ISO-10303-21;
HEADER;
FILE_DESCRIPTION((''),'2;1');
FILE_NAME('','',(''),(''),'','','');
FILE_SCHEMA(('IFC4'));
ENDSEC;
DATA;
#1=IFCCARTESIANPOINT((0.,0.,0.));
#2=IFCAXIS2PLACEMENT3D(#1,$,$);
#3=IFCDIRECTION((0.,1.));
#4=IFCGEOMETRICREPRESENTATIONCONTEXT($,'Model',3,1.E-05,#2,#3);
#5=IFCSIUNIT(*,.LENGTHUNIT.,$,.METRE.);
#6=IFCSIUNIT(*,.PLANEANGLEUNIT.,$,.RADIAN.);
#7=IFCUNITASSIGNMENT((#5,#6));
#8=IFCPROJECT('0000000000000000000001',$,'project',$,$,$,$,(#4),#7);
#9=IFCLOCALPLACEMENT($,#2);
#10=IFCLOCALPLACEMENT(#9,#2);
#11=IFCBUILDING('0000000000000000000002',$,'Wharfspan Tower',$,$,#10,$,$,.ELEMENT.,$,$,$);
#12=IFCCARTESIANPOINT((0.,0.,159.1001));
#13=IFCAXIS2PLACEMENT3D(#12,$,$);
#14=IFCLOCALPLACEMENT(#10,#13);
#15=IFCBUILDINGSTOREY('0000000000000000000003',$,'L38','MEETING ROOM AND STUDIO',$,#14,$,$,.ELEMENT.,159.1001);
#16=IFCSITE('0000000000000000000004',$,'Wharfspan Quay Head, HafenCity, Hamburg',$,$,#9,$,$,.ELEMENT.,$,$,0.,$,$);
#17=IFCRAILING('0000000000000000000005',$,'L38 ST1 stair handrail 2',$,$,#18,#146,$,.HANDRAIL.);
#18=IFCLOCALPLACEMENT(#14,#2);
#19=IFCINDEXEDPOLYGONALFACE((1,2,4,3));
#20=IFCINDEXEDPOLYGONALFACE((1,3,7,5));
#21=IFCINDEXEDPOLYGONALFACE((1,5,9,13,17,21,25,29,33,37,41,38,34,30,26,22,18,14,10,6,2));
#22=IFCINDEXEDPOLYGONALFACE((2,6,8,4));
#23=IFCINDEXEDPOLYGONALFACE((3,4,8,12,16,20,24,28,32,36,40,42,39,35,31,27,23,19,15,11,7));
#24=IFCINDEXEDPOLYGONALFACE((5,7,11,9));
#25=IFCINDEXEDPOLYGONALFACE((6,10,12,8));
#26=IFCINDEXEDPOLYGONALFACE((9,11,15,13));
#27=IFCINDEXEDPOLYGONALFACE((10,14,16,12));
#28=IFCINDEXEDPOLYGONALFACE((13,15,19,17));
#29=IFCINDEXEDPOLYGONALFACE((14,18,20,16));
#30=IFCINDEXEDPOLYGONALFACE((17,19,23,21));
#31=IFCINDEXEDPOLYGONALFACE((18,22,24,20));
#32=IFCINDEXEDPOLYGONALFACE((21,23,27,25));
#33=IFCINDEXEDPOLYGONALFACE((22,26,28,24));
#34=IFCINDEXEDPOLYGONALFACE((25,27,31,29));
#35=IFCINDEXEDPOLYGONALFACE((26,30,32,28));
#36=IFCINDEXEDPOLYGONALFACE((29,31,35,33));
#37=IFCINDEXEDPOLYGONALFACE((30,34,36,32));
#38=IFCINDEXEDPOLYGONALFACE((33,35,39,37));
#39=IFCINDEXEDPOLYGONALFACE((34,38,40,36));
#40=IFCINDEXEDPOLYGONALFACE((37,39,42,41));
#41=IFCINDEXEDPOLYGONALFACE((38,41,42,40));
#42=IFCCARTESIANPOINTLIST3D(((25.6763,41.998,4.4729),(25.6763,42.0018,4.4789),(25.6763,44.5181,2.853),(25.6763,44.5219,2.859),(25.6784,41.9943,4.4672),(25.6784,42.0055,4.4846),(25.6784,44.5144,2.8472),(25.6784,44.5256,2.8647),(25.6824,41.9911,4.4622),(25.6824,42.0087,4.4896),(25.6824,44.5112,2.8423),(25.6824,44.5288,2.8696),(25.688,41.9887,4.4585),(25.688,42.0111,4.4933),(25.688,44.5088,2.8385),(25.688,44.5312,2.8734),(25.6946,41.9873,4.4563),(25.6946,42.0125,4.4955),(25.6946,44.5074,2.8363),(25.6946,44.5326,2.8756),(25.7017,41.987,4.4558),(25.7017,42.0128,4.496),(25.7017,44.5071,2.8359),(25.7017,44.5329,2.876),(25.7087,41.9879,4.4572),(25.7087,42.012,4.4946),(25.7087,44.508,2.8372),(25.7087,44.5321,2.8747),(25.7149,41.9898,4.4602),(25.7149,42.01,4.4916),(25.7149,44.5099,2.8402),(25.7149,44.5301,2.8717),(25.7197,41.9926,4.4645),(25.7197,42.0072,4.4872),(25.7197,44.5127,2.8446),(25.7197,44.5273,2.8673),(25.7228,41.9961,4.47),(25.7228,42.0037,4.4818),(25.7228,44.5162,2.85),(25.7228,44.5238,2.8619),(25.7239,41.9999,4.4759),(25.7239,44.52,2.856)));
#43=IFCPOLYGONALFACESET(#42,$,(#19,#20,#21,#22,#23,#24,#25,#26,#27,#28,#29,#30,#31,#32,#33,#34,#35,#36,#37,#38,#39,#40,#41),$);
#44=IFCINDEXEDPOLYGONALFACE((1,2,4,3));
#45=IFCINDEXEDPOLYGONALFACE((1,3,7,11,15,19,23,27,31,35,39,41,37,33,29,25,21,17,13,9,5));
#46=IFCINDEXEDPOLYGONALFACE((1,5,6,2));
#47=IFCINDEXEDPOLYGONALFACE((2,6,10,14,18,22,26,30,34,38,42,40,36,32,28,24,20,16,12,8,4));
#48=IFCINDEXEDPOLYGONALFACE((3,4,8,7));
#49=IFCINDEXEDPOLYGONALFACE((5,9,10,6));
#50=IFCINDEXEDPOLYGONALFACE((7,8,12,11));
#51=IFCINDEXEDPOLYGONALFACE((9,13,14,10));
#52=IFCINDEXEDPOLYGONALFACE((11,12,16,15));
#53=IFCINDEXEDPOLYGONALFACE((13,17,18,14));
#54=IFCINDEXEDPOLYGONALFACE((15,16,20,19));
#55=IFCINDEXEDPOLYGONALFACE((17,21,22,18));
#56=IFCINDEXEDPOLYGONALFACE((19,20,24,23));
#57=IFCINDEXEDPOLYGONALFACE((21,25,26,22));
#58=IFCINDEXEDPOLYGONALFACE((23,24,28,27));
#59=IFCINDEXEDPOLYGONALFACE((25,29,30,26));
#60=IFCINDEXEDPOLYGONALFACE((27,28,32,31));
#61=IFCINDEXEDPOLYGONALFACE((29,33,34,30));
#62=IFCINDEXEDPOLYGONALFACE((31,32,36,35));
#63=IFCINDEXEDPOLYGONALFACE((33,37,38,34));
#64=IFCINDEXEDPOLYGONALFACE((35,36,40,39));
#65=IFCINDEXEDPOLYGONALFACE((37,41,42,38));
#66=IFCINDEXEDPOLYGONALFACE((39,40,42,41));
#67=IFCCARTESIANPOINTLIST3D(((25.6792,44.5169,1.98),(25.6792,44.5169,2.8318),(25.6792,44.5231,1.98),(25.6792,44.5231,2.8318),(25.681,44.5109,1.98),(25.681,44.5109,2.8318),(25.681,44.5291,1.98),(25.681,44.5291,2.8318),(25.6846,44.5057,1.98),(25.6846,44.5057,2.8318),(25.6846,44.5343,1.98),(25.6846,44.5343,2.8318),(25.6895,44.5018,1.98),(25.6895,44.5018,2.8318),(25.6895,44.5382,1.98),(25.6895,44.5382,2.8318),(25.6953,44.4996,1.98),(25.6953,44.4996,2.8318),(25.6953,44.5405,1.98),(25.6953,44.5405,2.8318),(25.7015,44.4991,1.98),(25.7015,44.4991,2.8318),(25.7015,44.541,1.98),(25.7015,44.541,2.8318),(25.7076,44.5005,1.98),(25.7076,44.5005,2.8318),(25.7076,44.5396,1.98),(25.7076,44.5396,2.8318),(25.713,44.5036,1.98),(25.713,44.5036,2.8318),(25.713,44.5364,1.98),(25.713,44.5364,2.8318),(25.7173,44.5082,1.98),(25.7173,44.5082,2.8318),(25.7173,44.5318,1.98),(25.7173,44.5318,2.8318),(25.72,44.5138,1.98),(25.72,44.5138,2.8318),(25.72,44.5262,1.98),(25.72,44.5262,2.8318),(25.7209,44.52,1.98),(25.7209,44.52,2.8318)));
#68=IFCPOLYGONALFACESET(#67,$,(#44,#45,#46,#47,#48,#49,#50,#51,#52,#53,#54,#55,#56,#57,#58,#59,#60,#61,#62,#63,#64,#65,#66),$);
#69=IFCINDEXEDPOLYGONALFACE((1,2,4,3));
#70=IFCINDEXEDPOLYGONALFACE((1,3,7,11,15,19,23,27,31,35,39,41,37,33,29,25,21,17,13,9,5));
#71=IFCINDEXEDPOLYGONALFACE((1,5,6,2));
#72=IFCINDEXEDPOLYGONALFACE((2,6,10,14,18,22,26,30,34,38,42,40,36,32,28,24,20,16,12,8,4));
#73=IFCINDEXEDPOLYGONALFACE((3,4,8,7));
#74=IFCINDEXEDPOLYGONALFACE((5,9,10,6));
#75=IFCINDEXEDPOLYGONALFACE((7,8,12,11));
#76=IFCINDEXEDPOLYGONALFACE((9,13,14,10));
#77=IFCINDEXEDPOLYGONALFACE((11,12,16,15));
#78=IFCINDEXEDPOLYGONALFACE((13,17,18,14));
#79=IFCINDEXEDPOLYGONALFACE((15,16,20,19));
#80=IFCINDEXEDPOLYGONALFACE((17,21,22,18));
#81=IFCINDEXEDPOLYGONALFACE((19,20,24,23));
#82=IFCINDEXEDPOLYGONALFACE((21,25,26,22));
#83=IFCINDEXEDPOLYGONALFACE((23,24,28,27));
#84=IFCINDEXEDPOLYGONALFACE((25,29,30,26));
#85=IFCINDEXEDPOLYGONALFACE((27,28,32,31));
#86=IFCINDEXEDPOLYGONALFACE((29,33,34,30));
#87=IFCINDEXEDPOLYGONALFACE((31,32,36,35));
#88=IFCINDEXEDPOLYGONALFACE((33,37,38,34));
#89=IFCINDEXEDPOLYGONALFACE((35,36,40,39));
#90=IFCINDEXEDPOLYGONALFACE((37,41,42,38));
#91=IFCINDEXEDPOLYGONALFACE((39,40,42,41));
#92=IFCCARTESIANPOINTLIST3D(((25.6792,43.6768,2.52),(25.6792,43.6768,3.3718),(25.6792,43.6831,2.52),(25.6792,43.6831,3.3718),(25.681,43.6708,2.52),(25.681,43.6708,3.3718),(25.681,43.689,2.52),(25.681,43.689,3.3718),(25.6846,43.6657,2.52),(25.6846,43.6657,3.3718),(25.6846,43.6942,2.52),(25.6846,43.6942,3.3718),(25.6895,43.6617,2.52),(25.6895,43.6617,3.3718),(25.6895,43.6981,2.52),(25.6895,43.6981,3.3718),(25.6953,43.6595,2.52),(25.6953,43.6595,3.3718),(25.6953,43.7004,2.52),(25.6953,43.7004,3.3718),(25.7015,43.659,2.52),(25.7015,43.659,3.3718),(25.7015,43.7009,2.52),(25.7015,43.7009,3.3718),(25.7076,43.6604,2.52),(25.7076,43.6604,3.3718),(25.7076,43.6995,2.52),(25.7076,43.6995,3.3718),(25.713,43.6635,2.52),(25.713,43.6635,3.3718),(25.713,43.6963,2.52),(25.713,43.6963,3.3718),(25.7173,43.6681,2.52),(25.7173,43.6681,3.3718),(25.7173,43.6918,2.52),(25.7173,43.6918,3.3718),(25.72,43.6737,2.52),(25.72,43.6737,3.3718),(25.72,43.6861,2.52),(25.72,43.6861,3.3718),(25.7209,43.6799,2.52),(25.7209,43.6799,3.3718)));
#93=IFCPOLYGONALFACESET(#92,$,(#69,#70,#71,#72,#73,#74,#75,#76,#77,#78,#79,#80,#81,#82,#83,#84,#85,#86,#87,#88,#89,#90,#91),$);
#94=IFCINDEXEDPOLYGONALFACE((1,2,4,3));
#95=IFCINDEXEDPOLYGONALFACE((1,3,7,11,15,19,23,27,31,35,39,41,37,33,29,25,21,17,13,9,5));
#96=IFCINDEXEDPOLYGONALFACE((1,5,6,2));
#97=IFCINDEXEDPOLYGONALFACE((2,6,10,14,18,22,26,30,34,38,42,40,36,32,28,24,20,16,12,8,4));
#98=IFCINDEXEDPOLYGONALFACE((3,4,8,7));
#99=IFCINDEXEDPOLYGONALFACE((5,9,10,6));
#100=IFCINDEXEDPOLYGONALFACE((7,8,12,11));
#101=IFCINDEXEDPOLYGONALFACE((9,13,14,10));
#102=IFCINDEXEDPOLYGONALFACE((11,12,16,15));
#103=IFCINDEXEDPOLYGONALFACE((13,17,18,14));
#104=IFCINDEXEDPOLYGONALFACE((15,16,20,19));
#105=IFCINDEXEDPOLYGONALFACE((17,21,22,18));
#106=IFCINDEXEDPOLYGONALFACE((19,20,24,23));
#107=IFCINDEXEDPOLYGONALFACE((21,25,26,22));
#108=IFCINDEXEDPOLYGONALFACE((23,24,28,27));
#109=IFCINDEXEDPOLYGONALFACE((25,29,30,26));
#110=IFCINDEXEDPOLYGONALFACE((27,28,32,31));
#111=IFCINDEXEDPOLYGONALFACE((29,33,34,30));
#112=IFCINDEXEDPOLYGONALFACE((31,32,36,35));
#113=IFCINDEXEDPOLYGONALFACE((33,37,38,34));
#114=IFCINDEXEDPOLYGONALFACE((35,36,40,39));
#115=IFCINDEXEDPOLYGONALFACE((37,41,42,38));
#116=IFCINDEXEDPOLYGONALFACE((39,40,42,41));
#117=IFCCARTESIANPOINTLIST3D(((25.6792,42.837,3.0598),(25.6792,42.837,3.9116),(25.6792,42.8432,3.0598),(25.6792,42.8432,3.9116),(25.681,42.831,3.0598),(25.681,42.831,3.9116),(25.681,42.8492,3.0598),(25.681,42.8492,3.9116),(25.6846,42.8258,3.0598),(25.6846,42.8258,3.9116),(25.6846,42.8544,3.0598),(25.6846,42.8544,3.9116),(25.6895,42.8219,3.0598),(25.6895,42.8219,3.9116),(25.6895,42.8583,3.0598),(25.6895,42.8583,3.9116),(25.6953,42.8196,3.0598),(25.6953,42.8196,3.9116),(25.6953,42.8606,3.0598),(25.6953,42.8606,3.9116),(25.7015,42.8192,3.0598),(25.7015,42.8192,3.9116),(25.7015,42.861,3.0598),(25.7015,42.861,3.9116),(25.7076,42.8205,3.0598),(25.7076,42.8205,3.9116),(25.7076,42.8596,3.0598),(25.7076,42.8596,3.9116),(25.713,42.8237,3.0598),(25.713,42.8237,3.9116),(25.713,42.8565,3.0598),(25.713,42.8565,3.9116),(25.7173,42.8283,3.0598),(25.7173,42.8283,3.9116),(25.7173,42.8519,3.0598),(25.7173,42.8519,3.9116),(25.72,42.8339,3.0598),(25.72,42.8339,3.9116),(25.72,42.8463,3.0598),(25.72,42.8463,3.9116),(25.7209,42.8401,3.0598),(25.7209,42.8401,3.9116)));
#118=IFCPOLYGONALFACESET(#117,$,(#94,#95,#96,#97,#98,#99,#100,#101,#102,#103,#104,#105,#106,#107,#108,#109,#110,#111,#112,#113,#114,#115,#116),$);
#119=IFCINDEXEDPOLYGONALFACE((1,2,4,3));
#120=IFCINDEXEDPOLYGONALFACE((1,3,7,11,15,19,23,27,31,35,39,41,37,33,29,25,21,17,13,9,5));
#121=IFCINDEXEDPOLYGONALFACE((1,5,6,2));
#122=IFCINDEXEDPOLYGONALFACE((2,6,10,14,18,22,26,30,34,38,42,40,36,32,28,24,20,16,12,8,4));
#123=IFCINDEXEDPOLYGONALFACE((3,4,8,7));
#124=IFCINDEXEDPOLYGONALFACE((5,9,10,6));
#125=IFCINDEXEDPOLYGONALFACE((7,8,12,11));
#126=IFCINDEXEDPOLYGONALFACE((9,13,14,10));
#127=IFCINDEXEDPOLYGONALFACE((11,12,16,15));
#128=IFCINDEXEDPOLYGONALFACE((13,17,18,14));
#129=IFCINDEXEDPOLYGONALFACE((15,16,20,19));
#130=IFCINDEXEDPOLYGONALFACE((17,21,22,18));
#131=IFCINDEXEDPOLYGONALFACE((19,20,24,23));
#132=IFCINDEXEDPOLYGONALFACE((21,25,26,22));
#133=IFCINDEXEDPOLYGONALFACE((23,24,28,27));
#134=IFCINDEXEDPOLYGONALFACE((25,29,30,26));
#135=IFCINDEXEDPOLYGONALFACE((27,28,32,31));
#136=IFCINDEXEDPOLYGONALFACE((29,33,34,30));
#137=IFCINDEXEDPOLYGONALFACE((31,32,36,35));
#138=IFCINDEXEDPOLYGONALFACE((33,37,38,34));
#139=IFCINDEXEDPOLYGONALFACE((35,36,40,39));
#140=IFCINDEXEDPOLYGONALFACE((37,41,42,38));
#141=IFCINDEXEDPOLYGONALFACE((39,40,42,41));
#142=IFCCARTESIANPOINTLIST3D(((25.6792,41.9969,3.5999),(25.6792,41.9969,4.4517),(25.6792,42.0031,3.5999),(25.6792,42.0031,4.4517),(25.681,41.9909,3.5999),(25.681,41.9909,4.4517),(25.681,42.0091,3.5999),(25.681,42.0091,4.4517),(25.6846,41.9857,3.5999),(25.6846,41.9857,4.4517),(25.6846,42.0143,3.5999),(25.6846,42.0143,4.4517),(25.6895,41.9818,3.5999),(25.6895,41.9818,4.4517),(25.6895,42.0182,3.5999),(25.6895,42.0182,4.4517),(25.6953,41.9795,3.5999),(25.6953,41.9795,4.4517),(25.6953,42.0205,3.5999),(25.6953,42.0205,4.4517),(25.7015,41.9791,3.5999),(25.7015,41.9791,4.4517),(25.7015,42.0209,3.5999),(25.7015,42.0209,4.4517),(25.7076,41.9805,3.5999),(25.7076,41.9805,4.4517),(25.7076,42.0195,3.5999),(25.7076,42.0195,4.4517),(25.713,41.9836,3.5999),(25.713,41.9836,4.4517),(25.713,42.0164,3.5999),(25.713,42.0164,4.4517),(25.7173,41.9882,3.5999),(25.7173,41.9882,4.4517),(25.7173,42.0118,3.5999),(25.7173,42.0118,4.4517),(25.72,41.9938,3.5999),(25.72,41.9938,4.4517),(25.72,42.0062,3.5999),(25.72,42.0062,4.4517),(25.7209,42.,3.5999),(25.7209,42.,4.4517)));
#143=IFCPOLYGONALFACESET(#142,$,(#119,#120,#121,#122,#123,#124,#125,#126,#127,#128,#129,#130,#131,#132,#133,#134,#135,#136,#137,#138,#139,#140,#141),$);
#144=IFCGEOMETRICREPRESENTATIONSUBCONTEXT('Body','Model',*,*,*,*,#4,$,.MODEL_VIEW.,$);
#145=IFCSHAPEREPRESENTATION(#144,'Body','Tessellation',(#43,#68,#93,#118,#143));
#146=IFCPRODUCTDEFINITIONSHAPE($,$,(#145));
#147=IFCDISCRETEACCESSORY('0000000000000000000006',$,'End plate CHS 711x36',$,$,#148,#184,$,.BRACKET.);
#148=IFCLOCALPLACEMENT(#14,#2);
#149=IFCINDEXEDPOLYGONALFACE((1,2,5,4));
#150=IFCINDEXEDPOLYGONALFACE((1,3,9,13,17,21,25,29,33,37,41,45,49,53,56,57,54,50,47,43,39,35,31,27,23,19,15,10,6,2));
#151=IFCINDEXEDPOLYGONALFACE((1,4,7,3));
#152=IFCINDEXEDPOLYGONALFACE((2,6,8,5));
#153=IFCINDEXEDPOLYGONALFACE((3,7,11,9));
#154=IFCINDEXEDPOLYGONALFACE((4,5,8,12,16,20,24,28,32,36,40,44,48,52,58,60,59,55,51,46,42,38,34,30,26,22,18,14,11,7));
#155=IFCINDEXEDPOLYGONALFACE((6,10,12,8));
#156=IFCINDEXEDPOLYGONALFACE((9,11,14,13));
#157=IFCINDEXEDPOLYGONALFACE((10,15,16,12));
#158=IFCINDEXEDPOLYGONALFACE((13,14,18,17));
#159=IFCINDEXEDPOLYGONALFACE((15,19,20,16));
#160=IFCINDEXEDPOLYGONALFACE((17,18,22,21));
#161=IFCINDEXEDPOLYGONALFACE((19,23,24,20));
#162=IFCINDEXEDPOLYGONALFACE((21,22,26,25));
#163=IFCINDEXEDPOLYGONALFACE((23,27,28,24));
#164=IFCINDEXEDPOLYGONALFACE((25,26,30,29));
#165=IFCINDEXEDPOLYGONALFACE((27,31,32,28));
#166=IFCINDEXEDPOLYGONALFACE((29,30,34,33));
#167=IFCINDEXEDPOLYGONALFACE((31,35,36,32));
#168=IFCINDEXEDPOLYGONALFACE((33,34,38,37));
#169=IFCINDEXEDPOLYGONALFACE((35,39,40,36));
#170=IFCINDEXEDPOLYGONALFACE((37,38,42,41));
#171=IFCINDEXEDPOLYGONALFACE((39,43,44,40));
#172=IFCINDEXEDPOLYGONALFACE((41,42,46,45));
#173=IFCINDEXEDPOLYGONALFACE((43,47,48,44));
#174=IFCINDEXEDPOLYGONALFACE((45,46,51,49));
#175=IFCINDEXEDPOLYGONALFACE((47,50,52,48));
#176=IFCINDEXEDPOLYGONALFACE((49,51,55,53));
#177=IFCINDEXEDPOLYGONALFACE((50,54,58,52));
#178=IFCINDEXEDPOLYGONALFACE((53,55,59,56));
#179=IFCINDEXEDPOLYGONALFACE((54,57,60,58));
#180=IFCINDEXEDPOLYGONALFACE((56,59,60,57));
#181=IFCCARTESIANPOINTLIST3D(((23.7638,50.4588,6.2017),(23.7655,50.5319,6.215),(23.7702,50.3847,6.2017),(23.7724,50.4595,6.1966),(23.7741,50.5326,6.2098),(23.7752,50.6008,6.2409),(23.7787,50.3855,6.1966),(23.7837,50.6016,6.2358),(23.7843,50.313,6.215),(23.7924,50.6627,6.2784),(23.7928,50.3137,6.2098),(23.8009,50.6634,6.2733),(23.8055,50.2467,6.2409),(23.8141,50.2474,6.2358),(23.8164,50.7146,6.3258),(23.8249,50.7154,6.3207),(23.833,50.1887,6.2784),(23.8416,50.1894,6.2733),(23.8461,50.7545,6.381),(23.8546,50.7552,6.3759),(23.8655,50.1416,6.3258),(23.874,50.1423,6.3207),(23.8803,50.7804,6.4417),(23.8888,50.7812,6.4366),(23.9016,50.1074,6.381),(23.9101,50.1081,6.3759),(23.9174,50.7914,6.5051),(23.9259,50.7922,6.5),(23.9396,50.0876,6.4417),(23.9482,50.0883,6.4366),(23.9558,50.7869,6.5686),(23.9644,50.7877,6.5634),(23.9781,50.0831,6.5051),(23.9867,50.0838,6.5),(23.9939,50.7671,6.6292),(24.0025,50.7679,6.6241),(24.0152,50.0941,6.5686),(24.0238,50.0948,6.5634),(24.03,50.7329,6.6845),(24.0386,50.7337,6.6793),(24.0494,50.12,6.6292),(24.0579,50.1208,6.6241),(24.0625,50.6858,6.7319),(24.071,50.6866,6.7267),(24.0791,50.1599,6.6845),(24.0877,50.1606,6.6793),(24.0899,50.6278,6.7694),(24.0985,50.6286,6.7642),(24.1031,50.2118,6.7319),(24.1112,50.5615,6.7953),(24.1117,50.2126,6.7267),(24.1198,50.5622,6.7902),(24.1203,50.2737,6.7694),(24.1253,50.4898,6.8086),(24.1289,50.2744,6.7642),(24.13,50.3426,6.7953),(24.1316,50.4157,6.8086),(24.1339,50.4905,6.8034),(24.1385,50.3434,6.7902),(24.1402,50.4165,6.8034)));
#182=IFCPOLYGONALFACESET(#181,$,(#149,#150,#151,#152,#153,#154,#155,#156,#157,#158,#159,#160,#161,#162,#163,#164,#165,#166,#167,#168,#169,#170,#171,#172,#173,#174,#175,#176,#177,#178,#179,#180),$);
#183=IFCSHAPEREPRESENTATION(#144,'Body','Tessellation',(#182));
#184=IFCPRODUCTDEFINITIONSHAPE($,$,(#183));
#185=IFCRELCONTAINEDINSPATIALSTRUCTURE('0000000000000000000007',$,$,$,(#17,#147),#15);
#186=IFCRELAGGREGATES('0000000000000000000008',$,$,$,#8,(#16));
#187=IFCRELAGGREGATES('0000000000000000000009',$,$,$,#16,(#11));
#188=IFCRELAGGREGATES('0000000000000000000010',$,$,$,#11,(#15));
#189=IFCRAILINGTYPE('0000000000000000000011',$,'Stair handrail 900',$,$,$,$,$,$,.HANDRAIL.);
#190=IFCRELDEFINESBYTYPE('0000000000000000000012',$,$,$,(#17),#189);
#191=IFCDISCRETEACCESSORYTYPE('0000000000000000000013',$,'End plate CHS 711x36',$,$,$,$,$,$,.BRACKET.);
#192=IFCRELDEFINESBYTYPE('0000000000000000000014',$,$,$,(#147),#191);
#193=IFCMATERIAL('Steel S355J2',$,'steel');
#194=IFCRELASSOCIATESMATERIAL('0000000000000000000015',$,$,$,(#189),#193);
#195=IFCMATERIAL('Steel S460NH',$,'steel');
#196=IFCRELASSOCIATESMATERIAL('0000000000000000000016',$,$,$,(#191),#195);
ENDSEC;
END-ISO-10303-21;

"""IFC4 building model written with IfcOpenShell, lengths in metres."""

from ifc_helpers import new_model, si_unit, direction, frame, origin, origin_2d, place, context, subcontext, project, spatial, circle, extrude, material, material_profile, profile_set, type_object, element, save


model = new_model("IFC4")

# Units and contexts
model_context = context("Model", 3, precision=1e-05, world=origin(), true_north=direction((0.0, 1.0)))
body_context = subcontext(model_context, "Body", "Model", "MODEL_VIEW")
ifc_project = project(units=[si_unit("LENGTHUNIT", "METRE"), si_unit("PLANEANGLEUNIT", "RADIAN")], contexts=[model_context])

# Site, building, storey
site_placement = place(None, origin())
site = spatial("IfcSite", under=ifc_project, at=site_placement, Name="Wharfspan Quay Head, HafenCity, Hamburg", CompositionType="ELEMENT", RefElevation=0.0)
building_placement = place(site_placement, origin())
building = spatial("IfcBuilding", under=site, at=building_placement, Name="Wharfspan Tower", CompositionType="ELEMENT")
storey_placement = place(building_placement, frame((0.0, 0.0, 159.1001)))
storey = spatial("IfcBuildingStorey", under=building, at=storey_placement, Name="L38", Description="MEETING ROOM AND STUDIO", CompositionType="ELEMENT", Elevation=159.1001)

# Shared definitions
ifc_material_1 = material(Name="Steel S355J2", Category="steel")

# Railing
railing_type_1 = type_object("IfcRailingType", Name="Stair handrail 900", PredefinedType="HANDRAIL", material=ifc_material_1)
railing_1_placement = place(storey_placement, frame((25.7, 44.52, 1.98)))
element("IfcRailing", 1, at=railing_1_placement, inside=storey, type_object=railing_type_1, Name="L38 ST1 stair handrail 2", PredefinedType="HANDRAIL", context=body_context, shape_type="SweptSolid", body=[
    extrude(circle(Radius=0.0239, at=origin_2d()), frame((0.0, 0.0, 0.876), z_axis=(0.0, -0.8412, 0.540725), x_axis=(1.0, 0.0, 0.0)), (0.0, 0.0, 1.0), 2.9958),
    extrude(circle(Radius=0.021, at=origin_2d()), origin(), (0.0, 0.0, 1.0), 0.8518),
    extrude(circle(Radius=0.021, at=origin_2d()), frame((0.0, -0.8401, 0.54)), (0.0, 0.0, 1.0), 0.8518),
    extrude(circle(Radius=0.021, at=origin_2d()), frame((0.0, -1.6799, 1.0798)), (0.0, 0.0, 1.0), 0.8518),
    extrude(circle(Radius=0.021, at=origin_2d()), frame((0.0, -2.52, 1.6199)), (0.0, 0.0, 1.0), 0.8518),
])

# Discrete accessory
ifc_material_2 = material(Name="Steel S460NH", Category="steel")
ifc_material_profile_1 = material_profile(ifc_material_2, circle(Radius=0.3555, at=origin_2d()))
ifc_profile_set_1 = profile_set([ifc_material_profile_1], Name="Steel S460NH")
discrete_accessory_type = type_object("IfcDiscreteAccessoryType", Name="End plate CHS 711x36", PredefinedType="BRACKET", material=ifc_profile_set_1)
discrete_accessory_placement = place(storey_placement, frame((23.9563, 50.438, 6.5), z_axis=(-0.855186, -0.073302, 0.513112), x_axis=(0.085402, -0.996345, 0.000001)))
element("IfcDiscreteAccessory", 2, at=discrete_accessory_placement, inside=storey, type_object=discrete_accessory_type, Name="End plate CHS 711x36", PredefinedType="BRACKET", context=body_context, shape_type="SweptSolid", body=[
    extrude(circle(Radius=0.3555, at=origin_2d()), origin(), (0.0, 0.0, 1.0), 0.01),
])

save(model, "model.ifc")
